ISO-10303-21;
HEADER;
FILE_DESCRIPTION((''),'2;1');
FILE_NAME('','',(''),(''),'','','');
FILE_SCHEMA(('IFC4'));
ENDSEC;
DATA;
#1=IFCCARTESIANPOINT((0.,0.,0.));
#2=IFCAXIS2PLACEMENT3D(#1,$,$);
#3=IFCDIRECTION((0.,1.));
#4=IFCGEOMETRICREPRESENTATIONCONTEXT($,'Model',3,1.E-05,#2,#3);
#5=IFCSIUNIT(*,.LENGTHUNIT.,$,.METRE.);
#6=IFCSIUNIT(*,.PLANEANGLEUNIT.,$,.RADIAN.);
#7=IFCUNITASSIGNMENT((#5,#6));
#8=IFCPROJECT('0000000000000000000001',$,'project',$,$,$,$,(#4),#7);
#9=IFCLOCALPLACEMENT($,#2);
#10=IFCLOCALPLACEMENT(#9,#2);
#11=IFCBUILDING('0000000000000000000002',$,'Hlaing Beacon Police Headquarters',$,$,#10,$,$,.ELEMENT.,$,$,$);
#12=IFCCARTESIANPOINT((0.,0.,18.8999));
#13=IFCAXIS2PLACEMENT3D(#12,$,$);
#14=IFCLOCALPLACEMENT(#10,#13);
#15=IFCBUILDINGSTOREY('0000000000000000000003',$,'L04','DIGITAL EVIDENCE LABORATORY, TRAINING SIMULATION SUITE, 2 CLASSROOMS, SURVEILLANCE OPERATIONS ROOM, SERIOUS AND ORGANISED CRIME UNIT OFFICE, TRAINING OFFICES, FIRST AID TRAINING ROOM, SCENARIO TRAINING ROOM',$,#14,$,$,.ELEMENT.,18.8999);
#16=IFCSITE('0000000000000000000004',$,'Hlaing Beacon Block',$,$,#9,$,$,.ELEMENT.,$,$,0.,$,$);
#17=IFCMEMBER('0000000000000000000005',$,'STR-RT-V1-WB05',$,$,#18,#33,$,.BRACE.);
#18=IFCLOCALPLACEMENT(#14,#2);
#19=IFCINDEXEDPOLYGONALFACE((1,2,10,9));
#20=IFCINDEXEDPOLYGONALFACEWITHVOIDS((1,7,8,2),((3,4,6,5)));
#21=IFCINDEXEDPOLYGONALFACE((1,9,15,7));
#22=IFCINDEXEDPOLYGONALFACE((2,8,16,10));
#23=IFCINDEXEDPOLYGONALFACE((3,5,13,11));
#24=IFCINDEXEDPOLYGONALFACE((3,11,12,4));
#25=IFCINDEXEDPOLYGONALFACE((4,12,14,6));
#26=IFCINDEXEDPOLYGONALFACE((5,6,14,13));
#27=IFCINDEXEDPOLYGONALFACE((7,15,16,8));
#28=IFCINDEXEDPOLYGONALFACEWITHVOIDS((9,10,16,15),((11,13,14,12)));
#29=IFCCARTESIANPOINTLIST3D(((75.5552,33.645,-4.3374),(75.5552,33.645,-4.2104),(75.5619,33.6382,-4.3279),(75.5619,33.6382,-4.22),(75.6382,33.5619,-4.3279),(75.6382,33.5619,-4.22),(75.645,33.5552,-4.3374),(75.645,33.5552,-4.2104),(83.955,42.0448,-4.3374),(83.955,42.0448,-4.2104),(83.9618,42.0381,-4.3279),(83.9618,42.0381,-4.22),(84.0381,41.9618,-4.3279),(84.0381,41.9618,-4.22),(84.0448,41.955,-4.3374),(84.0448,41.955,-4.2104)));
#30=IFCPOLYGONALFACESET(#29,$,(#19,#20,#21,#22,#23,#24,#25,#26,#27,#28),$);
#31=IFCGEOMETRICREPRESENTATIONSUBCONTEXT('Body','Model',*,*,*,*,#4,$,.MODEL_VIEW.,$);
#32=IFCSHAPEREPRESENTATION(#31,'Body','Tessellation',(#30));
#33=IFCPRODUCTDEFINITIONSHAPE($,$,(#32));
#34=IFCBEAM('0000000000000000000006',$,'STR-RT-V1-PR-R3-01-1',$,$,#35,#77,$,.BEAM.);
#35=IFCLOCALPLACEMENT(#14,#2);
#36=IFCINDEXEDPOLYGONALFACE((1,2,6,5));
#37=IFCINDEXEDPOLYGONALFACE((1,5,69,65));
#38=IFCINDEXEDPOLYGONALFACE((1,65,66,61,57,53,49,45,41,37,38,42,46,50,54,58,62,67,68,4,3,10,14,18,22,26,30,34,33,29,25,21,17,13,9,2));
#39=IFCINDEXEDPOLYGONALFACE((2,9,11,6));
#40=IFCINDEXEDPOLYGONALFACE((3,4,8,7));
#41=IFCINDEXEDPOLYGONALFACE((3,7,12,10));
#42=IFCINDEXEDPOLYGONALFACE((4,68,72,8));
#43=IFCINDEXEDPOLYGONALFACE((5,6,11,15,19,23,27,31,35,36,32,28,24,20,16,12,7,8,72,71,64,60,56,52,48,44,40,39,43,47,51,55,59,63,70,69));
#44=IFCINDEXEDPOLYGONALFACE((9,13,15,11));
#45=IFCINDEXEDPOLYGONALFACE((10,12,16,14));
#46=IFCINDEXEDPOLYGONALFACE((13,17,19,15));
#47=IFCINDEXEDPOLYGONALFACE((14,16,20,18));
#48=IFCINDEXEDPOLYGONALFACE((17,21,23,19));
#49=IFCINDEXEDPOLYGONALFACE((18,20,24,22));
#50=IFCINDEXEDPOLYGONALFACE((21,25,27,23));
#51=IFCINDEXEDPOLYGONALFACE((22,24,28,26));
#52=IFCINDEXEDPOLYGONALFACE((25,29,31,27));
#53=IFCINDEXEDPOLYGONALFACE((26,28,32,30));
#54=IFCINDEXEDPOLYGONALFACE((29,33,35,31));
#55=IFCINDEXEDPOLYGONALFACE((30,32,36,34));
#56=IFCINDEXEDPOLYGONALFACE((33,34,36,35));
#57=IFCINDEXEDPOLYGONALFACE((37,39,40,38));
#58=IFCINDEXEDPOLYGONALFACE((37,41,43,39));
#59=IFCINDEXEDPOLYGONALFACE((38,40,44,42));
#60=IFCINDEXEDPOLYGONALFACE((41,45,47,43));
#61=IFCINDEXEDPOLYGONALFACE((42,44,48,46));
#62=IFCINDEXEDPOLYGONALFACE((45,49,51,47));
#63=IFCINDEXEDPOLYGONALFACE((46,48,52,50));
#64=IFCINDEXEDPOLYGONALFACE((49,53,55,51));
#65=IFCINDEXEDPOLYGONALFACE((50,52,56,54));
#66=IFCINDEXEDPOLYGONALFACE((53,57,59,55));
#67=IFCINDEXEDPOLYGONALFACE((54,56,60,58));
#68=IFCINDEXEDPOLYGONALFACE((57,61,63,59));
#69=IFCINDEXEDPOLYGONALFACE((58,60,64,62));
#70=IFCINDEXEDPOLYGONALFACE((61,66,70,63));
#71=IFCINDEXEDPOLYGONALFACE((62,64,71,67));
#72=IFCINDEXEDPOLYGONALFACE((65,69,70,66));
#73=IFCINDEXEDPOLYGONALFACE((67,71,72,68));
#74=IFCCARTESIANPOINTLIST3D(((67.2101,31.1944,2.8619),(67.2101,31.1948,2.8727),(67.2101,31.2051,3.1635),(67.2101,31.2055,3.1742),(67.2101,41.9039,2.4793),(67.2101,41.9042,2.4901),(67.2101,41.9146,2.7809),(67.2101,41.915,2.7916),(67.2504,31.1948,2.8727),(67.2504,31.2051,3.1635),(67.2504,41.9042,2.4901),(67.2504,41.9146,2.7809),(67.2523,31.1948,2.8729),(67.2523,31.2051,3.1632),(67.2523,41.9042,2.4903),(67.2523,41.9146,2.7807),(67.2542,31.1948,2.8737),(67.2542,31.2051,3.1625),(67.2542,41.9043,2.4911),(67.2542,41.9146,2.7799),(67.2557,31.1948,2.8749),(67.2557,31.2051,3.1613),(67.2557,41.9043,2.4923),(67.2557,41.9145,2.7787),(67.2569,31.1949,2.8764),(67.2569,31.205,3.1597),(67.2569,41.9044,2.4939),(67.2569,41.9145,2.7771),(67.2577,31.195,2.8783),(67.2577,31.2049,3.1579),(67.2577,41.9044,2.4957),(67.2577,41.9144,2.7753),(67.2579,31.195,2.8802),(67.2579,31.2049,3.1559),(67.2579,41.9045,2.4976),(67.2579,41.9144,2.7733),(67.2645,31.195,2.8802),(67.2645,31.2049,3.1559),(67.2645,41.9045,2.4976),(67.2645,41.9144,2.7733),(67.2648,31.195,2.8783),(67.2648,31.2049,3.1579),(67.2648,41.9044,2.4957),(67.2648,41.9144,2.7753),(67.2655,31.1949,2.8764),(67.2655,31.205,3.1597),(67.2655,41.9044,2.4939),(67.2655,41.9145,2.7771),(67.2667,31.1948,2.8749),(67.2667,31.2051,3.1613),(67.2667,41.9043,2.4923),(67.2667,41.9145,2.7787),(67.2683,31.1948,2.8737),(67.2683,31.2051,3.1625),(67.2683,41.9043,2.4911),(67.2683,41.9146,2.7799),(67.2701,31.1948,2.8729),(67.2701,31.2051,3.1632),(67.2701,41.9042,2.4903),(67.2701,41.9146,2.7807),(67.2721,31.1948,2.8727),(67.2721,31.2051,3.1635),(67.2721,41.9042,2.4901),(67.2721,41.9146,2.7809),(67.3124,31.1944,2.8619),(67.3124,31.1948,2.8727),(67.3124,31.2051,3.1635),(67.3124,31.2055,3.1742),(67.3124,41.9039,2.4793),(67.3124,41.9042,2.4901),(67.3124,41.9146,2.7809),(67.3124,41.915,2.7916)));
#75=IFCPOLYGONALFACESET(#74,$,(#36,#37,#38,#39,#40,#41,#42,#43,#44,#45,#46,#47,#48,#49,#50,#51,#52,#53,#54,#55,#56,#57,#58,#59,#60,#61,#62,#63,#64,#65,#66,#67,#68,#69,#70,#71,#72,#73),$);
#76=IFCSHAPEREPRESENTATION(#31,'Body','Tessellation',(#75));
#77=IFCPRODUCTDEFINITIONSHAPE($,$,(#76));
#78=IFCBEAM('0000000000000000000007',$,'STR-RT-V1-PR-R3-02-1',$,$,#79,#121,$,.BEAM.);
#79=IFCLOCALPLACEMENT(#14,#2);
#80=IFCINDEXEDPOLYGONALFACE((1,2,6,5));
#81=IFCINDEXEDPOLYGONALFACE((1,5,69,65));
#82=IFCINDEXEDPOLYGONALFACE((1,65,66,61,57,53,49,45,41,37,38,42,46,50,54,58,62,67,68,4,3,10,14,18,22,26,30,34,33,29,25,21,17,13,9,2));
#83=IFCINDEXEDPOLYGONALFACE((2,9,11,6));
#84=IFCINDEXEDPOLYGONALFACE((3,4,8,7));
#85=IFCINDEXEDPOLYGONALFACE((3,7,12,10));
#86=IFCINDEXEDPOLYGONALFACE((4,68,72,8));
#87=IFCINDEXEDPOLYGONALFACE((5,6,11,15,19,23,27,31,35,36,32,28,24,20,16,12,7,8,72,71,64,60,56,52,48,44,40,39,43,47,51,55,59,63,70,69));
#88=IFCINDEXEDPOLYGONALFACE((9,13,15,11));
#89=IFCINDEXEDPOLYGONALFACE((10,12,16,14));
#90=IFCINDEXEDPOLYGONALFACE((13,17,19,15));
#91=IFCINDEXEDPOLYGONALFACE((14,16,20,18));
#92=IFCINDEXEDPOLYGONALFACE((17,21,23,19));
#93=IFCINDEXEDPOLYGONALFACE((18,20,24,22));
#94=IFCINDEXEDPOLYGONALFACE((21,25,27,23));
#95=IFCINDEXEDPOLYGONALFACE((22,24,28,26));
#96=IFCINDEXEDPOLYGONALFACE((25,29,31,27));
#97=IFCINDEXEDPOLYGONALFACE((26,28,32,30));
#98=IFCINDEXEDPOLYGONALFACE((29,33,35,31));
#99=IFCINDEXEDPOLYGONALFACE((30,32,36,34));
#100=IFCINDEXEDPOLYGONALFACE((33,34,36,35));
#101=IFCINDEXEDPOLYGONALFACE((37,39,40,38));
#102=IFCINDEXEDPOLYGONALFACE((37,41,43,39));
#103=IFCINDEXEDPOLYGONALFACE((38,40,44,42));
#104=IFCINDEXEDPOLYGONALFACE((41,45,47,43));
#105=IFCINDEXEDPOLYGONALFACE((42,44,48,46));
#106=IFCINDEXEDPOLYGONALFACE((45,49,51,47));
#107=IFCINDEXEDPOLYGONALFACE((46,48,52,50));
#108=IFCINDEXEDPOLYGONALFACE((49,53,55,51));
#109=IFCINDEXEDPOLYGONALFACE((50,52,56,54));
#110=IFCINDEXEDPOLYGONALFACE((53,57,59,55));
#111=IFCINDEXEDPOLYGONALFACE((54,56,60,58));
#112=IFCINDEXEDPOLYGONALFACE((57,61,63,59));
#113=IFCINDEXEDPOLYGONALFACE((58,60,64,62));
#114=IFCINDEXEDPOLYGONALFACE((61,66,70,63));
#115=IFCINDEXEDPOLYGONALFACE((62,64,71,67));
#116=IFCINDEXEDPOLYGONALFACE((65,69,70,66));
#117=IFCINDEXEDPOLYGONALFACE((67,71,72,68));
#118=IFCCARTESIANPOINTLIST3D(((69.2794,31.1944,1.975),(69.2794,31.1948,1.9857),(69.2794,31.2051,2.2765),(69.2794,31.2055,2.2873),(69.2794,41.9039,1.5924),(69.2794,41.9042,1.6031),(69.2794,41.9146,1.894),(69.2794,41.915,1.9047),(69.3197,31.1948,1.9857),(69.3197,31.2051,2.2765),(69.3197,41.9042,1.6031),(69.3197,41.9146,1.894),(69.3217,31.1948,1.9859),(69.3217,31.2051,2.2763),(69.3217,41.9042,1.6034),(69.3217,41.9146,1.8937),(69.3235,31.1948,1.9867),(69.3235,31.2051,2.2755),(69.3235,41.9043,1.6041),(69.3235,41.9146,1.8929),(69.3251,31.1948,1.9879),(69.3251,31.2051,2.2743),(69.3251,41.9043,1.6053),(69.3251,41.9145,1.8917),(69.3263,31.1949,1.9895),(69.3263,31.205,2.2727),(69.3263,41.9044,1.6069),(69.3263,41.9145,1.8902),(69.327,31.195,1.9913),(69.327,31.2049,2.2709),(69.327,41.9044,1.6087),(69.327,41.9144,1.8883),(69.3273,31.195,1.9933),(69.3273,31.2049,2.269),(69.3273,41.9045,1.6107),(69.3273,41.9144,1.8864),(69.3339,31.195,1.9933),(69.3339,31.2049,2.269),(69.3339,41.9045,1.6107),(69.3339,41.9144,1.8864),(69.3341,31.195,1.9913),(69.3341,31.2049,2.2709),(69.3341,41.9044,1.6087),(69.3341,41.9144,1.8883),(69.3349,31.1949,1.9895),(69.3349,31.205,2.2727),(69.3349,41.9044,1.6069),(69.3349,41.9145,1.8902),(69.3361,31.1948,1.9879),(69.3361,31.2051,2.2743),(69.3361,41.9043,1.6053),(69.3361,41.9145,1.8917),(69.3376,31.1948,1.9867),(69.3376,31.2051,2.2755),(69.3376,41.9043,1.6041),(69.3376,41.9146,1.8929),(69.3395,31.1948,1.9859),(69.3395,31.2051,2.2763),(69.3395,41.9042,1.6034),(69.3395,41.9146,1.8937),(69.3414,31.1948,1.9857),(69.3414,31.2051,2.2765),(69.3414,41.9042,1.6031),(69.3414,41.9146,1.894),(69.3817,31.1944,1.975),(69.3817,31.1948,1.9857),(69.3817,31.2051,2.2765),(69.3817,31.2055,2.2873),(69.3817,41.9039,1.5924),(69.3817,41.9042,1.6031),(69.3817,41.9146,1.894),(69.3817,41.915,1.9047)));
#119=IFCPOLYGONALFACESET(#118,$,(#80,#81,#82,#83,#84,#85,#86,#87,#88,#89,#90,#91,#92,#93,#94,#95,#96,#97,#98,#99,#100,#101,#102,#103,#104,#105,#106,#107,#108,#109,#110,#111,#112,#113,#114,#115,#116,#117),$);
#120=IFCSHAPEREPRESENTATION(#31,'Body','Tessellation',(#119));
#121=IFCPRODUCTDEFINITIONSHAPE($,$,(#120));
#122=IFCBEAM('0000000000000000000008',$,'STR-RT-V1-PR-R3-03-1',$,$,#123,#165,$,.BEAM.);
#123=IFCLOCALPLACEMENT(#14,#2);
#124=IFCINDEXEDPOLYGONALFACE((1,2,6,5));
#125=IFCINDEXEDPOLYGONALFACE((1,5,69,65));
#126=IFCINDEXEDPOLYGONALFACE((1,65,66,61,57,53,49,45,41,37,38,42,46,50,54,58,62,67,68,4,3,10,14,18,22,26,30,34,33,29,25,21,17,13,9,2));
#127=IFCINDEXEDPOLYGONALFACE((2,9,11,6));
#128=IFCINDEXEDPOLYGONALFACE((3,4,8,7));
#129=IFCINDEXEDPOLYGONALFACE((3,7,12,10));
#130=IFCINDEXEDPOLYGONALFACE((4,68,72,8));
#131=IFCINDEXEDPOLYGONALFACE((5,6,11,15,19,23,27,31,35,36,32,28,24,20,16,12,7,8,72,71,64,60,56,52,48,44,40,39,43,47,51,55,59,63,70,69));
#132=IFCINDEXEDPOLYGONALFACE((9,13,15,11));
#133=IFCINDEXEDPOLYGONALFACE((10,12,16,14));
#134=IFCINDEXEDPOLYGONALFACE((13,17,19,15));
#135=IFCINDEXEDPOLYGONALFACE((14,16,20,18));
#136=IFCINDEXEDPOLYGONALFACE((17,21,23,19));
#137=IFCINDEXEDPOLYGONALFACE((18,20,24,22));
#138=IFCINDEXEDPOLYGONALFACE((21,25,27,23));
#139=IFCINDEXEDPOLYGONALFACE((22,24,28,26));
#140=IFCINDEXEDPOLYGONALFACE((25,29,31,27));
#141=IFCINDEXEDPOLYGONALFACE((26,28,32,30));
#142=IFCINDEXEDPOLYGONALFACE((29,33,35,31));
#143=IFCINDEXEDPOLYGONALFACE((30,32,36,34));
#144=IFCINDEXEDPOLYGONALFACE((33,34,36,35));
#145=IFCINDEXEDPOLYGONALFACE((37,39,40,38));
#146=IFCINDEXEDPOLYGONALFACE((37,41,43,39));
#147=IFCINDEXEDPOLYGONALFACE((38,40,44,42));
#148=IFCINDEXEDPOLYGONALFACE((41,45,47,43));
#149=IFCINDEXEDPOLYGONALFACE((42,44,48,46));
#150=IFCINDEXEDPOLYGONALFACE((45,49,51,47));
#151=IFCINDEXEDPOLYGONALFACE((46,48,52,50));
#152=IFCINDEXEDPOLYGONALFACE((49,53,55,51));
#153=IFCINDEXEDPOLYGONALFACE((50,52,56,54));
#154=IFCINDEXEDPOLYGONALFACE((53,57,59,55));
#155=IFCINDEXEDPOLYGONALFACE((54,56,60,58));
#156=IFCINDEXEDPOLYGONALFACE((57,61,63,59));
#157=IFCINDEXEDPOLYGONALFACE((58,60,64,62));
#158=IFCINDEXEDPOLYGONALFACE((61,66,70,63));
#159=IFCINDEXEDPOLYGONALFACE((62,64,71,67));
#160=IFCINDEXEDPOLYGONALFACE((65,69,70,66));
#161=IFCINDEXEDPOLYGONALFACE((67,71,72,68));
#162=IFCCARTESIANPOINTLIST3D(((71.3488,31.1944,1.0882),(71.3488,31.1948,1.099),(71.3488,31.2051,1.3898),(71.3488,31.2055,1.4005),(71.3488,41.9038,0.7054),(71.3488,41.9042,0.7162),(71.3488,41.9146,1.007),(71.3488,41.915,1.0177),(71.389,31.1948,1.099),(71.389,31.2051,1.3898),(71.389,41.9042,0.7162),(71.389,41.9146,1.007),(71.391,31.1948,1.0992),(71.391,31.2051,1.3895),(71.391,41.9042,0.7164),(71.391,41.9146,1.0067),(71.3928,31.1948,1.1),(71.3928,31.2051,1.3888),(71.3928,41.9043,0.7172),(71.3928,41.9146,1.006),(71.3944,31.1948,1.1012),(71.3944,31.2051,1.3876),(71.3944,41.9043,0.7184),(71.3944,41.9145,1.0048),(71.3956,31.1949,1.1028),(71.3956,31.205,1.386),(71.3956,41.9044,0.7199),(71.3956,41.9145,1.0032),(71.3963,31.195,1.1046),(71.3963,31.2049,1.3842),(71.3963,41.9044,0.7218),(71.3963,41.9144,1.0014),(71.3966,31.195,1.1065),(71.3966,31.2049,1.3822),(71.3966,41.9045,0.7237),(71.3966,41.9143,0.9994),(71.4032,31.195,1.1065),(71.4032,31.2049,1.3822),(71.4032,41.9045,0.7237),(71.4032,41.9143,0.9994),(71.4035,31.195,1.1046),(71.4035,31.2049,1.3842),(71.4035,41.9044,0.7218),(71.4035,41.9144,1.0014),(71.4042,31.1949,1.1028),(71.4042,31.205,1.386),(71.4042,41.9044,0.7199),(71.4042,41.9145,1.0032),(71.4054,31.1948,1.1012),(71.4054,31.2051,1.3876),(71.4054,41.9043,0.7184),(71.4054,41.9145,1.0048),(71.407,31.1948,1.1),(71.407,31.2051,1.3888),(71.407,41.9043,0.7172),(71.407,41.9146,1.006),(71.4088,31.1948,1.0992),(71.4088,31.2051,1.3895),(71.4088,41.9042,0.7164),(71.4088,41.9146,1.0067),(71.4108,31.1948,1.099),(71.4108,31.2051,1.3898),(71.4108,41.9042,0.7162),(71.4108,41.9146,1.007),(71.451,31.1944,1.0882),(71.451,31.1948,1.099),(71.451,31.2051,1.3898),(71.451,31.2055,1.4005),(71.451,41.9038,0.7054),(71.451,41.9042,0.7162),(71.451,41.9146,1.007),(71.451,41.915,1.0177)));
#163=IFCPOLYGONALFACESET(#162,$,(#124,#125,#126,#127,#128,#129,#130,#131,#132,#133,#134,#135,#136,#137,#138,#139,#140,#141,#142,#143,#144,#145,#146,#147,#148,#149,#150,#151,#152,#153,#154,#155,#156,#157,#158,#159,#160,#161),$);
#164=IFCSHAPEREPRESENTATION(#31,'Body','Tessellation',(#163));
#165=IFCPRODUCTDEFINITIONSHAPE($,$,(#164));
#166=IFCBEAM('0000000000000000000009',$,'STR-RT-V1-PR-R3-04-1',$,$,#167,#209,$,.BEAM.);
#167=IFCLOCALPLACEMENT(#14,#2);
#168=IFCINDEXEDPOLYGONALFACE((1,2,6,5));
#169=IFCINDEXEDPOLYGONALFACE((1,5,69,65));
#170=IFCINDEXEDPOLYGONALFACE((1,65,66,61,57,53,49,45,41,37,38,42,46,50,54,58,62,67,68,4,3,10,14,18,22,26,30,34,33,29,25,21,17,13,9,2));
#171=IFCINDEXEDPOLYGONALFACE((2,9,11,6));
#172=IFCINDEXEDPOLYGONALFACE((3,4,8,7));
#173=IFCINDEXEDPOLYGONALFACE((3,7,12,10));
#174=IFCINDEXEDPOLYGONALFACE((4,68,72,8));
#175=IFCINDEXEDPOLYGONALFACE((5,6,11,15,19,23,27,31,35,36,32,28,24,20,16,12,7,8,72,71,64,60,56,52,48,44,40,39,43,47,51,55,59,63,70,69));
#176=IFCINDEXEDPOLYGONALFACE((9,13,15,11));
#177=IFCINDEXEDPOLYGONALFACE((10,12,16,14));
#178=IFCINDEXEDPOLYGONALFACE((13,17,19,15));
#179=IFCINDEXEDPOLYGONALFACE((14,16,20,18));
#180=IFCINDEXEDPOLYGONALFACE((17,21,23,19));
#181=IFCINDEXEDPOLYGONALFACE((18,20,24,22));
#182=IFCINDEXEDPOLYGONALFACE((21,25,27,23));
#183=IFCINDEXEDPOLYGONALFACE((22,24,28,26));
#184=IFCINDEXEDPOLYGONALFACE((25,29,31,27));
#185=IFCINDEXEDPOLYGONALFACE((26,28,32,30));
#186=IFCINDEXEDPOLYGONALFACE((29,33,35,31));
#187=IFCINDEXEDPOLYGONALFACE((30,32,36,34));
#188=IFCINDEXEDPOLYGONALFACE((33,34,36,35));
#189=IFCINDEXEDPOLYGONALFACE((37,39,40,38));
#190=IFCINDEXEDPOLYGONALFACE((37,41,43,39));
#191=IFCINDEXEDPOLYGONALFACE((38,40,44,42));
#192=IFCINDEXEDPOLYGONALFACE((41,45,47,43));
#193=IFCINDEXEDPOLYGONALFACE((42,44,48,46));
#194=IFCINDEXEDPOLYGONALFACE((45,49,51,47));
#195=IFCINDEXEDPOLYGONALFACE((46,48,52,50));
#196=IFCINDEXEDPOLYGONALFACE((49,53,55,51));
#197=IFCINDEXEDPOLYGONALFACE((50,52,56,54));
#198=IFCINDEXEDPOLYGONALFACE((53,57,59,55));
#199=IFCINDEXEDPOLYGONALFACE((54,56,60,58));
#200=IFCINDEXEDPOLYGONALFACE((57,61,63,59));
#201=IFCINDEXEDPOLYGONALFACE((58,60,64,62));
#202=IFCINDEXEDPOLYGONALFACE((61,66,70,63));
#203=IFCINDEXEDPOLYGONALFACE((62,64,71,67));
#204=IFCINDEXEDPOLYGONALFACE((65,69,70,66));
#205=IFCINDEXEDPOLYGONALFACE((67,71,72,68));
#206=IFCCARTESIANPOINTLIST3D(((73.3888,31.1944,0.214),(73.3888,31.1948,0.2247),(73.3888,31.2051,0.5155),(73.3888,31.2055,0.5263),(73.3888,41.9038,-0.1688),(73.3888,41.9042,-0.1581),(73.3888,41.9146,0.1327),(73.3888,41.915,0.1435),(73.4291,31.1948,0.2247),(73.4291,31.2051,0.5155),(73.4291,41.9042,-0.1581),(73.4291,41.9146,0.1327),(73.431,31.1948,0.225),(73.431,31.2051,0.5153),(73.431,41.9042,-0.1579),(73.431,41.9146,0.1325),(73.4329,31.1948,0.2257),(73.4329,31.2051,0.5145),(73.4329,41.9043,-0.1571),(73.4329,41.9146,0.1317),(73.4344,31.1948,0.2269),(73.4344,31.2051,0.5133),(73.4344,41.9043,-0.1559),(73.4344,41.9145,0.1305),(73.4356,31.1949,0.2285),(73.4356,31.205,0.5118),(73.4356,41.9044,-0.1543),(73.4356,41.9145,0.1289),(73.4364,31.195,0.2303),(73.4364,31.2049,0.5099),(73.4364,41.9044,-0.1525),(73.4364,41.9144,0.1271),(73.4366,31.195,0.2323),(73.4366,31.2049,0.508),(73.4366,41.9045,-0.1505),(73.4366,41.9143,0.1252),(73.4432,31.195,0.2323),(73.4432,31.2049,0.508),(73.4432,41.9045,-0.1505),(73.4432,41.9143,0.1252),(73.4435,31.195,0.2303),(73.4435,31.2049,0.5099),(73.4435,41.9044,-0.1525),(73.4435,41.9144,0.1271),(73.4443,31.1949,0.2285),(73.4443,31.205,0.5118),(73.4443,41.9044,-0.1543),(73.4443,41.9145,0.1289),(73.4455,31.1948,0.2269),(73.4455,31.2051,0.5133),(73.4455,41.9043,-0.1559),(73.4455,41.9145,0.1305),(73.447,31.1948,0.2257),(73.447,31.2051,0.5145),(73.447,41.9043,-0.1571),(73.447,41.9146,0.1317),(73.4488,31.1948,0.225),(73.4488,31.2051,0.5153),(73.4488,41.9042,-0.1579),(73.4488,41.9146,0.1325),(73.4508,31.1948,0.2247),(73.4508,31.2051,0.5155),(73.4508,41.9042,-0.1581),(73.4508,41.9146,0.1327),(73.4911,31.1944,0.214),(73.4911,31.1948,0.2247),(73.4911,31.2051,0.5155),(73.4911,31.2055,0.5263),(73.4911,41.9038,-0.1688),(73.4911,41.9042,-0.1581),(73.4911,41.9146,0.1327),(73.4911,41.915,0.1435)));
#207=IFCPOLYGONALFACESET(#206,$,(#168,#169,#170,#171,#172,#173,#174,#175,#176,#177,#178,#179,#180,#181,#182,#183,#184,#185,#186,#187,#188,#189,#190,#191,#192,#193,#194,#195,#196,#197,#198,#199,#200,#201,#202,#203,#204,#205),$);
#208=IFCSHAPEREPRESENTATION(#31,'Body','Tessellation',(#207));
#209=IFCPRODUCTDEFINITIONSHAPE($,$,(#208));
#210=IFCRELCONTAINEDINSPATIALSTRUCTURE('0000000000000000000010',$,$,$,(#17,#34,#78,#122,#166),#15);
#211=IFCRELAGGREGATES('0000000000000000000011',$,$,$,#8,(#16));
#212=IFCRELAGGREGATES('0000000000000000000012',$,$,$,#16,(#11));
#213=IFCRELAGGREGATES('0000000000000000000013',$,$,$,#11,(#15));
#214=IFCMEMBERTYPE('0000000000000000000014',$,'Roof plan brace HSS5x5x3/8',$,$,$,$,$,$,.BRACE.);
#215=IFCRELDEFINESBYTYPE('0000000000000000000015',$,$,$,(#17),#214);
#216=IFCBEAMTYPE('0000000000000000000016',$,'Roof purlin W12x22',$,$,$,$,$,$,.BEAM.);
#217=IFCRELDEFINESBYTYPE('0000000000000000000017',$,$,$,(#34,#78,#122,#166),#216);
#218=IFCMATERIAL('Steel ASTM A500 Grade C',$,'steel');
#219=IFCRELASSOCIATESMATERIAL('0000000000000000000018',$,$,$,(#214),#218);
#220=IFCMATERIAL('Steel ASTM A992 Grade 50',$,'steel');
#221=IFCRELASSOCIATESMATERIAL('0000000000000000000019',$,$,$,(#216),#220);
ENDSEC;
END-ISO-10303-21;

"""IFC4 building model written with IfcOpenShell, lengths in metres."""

from ifc_helpers import new_model, si_unit, direction, frame, origin, origin_2d, place, context, subcontext, project, spatial, hollow_rectangle, i_section, extrude, material, material_profile, profile_set, type_object, element, save


model = new_model("IFC4")

# Units and contexts
model_context = context("Model", 3, precision=1e-05, world=origin(), true_north=direction((0.0, 1.0)))
body_context = subcontext(model_context, "Body", "Model", "MODEL_VIEW")
ifc_project = project(units=[si_unit("LENGTHUNIT", "METRE"), si_unit("PLANEANGLEUNIT", "RADIAN")], contexts=[model_context])

# Site, building, storey
site_placement = place(None, origin())
site = spatial("IfcSite", under=ifc_project, at=site_placement, Name="Hlaing Beacon Block", CompositionType="ELEMENT", RefElevation=0.0)
building_placement = place(site_placement, origin())
building = spatial("IfcBuilding", under=site, at=building_placement, Name="Hlaing Beacon Police Headquarters", CompositionType="ELEMENT")
storey_placement = place(building_placement, frame((0.0, 0.0, 18.8999)))
storey = spatial("IfcBuildingStorey", under=building, at=storey_placement, Name="L04", Description="DIGITAL EVIDENCE LABORATORY, TRAINING SIMULATION SUITE, 2 CLASSROOMS, SURVEILLANCE OPERATIONS ROOM, SERIOUS AND ORGANISED CRIME UNIT OFFICE, TRAINING OFFICES, FIRST AID TRAINING ROOM, SCENARIO TRAINING ROOM", CompositionType="ELEMENT", Elevation=18.8999)

# Member
ifc_material_1 = material(Name="Steel ASTM A500 Grade C", Category="steel")
ifc_material_profile_1 = material_profile(ifc_material_1, hollow_rectangle(XDim=0.127, YDim=0.127, WallThickness=0.0095, at=origin_2d()), Name="HSS5x5x3/8")
ifc_profile_set_1 = profile_set([ifc_material_profile_1], Name="Steel ASTM A500 Grade C")
member_type_1 = type_object("IfcMemberType", Name="Roof plan brace HSS5x5x3/8", PredefinedType="BRACE", material=ifc_profile_set_1)
member_1_placement = place(storey_placement, frame((75.6001, 33.6001, -4.2739), z_axis=(0.707107, 0.707107, 0.0), x_axis=(-0.707107, 0.707107, 0.0)))
element("IfcMember", 1, at=member_1_placement, inside=storey, type_object=member_type_1, Name="STR-RT-V1-WB05", PredefinedType="BRACE", context=body_context, shape_type="SweptSolid", body=[
    extrude(hollow_rectangle(XDim=0.127, YDim=0.127, WallThickness=0.0095, at=origin_2d()), origin(), (0.0, 0.0, 1.0), 11.8792),
])

# Beams
ifc_material_2 = material(Name="Steel ASTM A992 Grade 50", Category="steel")
ifc_material_profile_2 = material_profile(ifc_material_2, i_section(OverallWidth=0.1023, OverallDepth=0.3125, WebThickness=0.0066, FlangeThickness=0.0107, FilletRadius=0.0076, at=origin_2d()), Name="W12x22")
ifc_profile_set_2 = profile_set([ifc_material_profile_2], Name="Steel ASTM A992 Grade 50")
beam_type_1 = type_object("IfcBeamType", Name="Roof purlin W12x22", PredefinedType="BEAM", material=ifc_profile_set_2)
for number, where, z_axis, x_axis, name in (
    (2, (67.2612, 31.2, 3.0181), (0.0, 0.999363, -0.0357), (-1.0, 0.0, 0.0), "STR-RT-V1-PR-R3-01-1"),
    (3, (69.3306, 31.2, 2.1311), (0.0, 0.999363, -0.0357), (-1.0, 0.0, 0.0), "STR-RT-V1-PR-R3-02-1"),
    (4, (71.3999, 31.2, 1.2444), (0.0, 0.999362, -0.035722), (-1.0, 0.0, 0.0), "STR-RT-V1-PR-R3-03-1"),
    (5, (73.4399, 31.2, 0.3701), (0.0, 0.999362, -0.035722), (-1.0, 0.0, 0.0), "STR-RT-V1-PR-R3-04-1"),
):
    element("IfcBeam", number, at=place(storey_placement, frame(where, z_axis=z_axis, x_axis=x_axis)), inside=storey, type_object=beam_type_1, Name=name, PredefinedType="BEAM", context=body_context, shape_type="SweptSolid", body=[
        extrude(i_section(OverallWidth=0.1023, OverallDepth=0.3125, WebThickness=0.0066, FlangeThickness=0.0107, FilletRadius=0.0076, at=origin_2d()), origin(), (0.0, 0.0, 1.0), 10.7163),
    ])

save(model, "model.ifc")
